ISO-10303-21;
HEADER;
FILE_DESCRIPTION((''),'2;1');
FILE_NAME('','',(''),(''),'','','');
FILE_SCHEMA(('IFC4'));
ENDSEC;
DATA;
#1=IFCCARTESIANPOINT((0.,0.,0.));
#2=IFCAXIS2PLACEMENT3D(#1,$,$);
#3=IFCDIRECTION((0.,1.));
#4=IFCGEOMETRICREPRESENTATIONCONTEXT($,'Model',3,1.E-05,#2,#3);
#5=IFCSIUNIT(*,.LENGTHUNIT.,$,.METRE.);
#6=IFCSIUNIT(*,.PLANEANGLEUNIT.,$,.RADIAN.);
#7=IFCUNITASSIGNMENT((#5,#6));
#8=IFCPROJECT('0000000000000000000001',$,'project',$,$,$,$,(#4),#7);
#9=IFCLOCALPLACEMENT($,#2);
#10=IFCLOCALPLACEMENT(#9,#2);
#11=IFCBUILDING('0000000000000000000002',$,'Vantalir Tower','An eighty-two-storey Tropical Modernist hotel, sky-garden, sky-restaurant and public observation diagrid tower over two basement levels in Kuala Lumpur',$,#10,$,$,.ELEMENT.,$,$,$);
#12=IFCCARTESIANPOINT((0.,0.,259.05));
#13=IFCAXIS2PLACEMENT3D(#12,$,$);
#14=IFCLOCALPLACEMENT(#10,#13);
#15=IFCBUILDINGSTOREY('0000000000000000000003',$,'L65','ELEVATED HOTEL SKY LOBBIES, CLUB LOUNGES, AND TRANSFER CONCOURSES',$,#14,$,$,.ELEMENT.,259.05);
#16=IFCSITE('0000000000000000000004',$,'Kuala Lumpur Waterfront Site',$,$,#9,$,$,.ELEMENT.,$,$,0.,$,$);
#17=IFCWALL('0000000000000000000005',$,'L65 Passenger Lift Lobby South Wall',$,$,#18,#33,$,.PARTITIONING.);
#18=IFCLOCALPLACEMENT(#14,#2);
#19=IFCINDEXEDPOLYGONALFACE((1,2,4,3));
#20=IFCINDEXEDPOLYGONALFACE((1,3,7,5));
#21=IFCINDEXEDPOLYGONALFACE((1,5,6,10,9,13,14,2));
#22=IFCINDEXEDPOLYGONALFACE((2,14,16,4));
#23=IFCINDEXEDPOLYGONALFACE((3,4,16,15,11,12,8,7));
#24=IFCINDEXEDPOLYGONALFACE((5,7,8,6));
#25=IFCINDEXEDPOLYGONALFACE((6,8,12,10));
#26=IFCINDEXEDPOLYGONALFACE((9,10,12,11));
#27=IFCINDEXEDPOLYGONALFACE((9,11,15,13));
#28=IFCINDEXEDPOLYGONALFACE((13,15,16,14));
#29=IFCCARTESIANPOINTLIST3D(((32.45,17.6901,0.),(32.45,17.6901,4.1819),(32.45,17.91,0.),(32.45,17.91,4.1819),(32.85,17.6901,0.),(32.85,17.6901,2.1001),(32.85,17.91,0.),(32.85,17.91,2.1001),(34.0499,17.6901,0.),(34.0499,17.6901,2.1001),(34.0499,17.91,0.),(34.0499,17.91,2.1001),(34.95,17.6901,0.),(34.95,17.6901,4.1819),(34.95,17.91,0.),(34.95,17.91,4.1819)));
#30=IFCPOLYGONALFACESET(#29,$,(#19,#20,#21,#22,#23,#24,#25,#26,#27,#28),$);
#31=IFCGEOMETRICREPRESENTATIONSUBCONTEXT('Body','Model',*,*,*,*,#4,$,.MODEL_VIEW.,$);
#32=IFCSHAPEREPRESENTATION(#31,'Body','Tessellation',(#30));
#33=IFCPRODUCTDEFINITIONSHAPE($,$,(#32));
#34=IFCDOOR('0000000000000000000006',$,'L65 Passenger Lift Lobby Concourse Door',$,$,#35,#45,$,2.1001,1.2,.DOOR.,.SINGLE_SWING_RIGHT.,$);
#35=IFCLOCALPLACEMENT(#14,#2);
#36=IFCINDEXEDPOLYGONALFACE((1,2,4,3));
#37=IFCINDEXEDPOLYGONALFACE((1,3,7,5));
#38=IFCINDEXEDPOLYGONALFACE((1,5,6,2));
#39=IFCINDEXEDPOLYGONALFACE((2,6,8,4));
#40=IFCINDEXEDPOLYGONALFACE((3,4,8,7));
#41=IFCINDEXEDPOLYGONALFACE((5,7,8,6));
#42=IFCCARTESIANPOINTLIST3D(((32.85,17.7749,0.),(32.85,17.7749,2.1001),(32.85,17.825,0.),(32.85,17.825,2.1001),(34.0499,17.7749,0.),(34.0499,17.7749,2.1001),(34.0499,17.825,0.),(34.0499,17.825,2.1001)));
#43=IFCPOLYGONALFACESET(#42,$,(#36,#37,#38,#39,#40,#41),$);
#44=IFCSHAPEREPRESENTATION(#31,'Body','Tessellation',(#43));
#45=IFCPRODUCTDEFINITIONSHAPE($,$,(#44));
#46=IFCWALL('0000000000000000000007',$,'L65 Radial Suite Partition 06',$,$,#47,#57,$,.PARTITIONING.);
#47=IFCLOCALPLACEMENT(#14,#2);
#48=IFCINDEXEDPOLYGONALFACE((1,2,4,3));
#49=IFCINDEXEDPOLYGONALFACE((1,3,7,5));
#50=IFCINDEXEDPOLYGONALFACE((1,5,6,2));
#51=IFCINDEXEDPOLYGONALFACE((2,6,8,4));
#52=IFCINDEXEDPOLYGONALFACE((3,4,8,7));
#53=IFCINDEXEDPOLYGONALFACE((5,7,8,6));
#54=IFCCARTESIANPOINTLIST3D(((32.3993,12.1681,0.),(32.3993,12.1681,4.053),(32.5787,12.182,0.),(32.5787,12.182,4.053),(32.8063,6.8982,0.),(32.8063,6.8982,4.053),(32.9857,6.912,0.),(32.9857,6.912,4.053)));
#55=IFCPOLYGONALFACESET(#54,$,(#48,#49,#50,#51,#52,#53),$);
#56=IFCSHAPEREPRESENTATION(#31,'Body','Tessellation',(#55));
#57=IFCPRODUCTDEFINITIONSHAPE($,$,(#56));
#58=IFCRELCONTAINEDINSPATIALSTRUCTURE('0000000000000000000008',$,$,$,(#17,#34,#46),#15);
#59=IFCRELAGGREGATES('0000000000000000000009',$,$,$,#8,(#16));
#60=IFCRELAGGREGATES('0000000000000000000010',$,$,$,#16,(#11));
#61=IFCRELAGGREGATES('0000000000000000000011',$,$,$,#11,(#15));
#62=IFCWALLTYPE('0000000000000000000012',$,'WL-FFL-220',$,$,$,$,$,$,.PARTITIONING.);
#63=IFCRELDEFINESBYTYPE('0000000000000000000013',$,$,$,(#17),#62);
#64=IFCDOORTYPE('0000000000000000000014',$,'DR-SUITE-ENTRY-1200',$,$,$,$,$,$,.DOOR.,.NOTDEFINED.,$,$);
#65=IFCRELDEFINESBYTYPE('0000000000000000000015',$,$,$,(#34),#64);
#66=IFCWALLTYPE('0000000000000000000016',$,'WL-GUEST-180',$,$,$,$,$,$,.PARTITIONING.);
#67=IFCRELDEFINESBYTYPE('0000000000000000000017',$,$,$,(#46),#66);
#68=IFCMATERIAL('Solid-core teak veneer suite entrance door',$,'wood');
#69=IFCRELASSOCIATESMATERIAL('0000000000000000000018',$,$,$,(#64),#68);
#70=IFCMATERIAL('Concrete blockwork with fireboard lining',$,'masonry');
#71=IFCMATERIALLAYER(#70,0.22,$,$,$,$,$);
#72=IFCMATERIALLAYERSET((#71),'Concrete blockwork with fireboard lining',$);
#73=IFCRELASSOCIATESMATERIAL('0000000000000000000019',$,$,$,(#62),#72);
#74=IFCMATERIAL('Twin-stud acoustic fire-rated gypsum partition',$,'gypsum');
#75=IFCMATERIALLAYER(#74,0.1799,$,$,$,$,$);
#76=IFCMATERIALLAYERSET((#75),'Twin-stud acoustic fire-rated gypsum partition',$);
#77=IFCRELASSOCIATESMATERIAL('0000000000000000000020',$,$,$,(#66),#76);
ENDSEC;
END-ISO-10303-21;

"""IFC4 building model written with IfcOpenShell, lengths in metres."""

from ifc_helpers import new_model, si_unit, direction, frame, frame_2d, origin, place, context, subcontext, project, spatial, rectangle, extrude, material, layer, layer_set, type_object, element, fill, save


model = new_model("IFC4")

# Units and contexts
model_context = context("Model", 3, precision=1e-05, world=origin(), true_north=direction((0.0, 1.0)))
body_context = subcontext(model_context, "Body", "Model", "MODEL_VIEW")
ifc_project = project(units=[si_unit("LENGTHUNIT", "METRE"), si_unit("PLANEANGLEUNIT", "RADIAN")], contexts=[model_context])

# Site, building, storey
site_placement = place(None, origin())
site = spatial("IfcSite", under=ifc_project, at=site_placement, Name="Kuala Lumpur Waterfront Site", CompositionType="ELEMENT", RefElevation=0.0)
building_placement = place(site_placement, origin())
building = spatial("IfcBuilding", under=site, at=building_placement, Name="Vantalir Tower", Description="An eighty-two-storey Tropical Modernist hotel, sky-garden, sky-restaurant and public observation diagrid tower over two basement levels in Kuala Lumpur", CompositionType="ELEMENT")
storey_placement = place(building_placement, frame((0.0, 0.0, 259.05)))
storey = spatial("IfcBuildingStorey", under=building, at=storey_placement, Name="L65", Description="ELEVATED HOTEL SKY LOBBIES, CLUB LOUNGES, AND TRANSFER CONCOURSES", CompositionType="ELEMENT", Elevation=259.05)

# Wall, opening, door
ifc_material_1 = material(Name="Solid-core teak veneer suite entrance door", Category="wood")
door_type = type_object("IfcDoorType", Name="DR-SUITE-ENTRY-1200", OperationType="NOTDEFINED", PredefinedType="DOOR", material=ifc_material_1)
ifc_material_2 = material(Name="Concrete blockwork with fireboard lining", Category="masonry")
ifc_layer_1 = layer(ifc_material_2, 0.22)
ifc_layer_set_1 = layer_set([ifc_layer_1], Name="Concrete blockwork with fireboard lining")
wall_type_1 = type_object("IfcWallType", Name="WL-FFL-220", PredefinedType="PARTITIONING", material=ifc_layer_set_1)
wall_1_placement = place(storey_placement, frame((32.45, 17.8, 0.0), z_axis=(0.0, 0.0, 1.0), x_axis=(1.0, 0.0, 0.0)))
wall_1 = element("IfcWall", 1, at=wall_1_placement, inside=storey, type_object=wall_type_1, Name="L65 Passenger Lift Lobby South Wall", PredefinedType="PARTITIONING", context=body_context, shape_type="SweptSolid", body=[
    extrude(rectangle(XDim=2.5, YDim=0.22, at=frame_2d((1.25, 0.0))), origin(), (0.0, 0.0, 1.0), 4.1819),
])
opening_1_placement = place(wall_1_placement, frame((0.3999, 0.0, 0.0)))
opening_1 = element("IfcOpeningElement", 2, at=opening_1_placement, cuts=wall_1, PredefinedType="OPENING", context=body_context, shape_type="SweptSolid", body=[
    extrude(rectangle(XDim=1.2, YDim=2.1001, at=frame_2d((0.6001, 1.05))), frame((0.0, 0.1199, 0.0), z_axis=(0.0, -1.0, 0.0), x_axis=(1.0, 0.0, 0.0)), (0.0, 0.0, 1.0), 0.24),
])
door_1_placement = place(opening_1_placement, origin())
door_1 = element("IfcDoor", 3, at=door_1_placement, inside=storey, type_object=door_type, Name="L65 Passenger Lift Lobby Concourse Door", OperationType="SINGLE_SWING_RIGHT", OverallHeight=2.1001, OverallWidth=1.2, PredefinedType="DOOR", context=body_context, shape_type="SweptSolid", body=[
    extrude(rectangle(XDim=1.2, YDim=2.1001, at=frame_2d((0.6001, 1.05))), frame((0.0, 0.0249, 0.0), z_axis=(0.0, -1.0, 0.0), x_axis=(1.0, 0.0, 0.0)), (0.0, 0.0, 1.0), 0.05),
])
fill(opening_1, door_1)

# Wall
ifc_material_3 = material(Name="Twin-stud acoustic fire-rated gypsum partition", Category="gypsum")
ifc_layer_2 = layer(ifc_material_3, 0.1799)
ifc_layer_set_2 = layer_set([ifc_layer_2], Name="Twin-stud acoustic fire-rated gypsum partition")
wall_type_2 = type_object("IfcWallType", Name="WL-GUEST-180", PredefinedType="PARTITIONING", material=ifc_layer_set_2)
wall_2_placement = place(storey_placement, frame((32.489, 12.175, 0.0), z_axis=(0.0, 0.0, 1.0), x_axis=(0.076997, -0.997031, 0.0)))
element("IfcWall", 4, at=wall_2_placement, inside=storey, type_object=wall_type_2, Name="L65 Radial Suite Partition 06", PredefinedType="PARTITIONING", context=body_context, shape_type="SweptSolid", body=[
    extrude(rectangle(XDim=5.2856, YDim=0.1799, at=frame_2d((2.6428, 0.0))), origin(), (0.0, 0.0, 1.0), 4.053),
])

save(model, "model.ifc")
